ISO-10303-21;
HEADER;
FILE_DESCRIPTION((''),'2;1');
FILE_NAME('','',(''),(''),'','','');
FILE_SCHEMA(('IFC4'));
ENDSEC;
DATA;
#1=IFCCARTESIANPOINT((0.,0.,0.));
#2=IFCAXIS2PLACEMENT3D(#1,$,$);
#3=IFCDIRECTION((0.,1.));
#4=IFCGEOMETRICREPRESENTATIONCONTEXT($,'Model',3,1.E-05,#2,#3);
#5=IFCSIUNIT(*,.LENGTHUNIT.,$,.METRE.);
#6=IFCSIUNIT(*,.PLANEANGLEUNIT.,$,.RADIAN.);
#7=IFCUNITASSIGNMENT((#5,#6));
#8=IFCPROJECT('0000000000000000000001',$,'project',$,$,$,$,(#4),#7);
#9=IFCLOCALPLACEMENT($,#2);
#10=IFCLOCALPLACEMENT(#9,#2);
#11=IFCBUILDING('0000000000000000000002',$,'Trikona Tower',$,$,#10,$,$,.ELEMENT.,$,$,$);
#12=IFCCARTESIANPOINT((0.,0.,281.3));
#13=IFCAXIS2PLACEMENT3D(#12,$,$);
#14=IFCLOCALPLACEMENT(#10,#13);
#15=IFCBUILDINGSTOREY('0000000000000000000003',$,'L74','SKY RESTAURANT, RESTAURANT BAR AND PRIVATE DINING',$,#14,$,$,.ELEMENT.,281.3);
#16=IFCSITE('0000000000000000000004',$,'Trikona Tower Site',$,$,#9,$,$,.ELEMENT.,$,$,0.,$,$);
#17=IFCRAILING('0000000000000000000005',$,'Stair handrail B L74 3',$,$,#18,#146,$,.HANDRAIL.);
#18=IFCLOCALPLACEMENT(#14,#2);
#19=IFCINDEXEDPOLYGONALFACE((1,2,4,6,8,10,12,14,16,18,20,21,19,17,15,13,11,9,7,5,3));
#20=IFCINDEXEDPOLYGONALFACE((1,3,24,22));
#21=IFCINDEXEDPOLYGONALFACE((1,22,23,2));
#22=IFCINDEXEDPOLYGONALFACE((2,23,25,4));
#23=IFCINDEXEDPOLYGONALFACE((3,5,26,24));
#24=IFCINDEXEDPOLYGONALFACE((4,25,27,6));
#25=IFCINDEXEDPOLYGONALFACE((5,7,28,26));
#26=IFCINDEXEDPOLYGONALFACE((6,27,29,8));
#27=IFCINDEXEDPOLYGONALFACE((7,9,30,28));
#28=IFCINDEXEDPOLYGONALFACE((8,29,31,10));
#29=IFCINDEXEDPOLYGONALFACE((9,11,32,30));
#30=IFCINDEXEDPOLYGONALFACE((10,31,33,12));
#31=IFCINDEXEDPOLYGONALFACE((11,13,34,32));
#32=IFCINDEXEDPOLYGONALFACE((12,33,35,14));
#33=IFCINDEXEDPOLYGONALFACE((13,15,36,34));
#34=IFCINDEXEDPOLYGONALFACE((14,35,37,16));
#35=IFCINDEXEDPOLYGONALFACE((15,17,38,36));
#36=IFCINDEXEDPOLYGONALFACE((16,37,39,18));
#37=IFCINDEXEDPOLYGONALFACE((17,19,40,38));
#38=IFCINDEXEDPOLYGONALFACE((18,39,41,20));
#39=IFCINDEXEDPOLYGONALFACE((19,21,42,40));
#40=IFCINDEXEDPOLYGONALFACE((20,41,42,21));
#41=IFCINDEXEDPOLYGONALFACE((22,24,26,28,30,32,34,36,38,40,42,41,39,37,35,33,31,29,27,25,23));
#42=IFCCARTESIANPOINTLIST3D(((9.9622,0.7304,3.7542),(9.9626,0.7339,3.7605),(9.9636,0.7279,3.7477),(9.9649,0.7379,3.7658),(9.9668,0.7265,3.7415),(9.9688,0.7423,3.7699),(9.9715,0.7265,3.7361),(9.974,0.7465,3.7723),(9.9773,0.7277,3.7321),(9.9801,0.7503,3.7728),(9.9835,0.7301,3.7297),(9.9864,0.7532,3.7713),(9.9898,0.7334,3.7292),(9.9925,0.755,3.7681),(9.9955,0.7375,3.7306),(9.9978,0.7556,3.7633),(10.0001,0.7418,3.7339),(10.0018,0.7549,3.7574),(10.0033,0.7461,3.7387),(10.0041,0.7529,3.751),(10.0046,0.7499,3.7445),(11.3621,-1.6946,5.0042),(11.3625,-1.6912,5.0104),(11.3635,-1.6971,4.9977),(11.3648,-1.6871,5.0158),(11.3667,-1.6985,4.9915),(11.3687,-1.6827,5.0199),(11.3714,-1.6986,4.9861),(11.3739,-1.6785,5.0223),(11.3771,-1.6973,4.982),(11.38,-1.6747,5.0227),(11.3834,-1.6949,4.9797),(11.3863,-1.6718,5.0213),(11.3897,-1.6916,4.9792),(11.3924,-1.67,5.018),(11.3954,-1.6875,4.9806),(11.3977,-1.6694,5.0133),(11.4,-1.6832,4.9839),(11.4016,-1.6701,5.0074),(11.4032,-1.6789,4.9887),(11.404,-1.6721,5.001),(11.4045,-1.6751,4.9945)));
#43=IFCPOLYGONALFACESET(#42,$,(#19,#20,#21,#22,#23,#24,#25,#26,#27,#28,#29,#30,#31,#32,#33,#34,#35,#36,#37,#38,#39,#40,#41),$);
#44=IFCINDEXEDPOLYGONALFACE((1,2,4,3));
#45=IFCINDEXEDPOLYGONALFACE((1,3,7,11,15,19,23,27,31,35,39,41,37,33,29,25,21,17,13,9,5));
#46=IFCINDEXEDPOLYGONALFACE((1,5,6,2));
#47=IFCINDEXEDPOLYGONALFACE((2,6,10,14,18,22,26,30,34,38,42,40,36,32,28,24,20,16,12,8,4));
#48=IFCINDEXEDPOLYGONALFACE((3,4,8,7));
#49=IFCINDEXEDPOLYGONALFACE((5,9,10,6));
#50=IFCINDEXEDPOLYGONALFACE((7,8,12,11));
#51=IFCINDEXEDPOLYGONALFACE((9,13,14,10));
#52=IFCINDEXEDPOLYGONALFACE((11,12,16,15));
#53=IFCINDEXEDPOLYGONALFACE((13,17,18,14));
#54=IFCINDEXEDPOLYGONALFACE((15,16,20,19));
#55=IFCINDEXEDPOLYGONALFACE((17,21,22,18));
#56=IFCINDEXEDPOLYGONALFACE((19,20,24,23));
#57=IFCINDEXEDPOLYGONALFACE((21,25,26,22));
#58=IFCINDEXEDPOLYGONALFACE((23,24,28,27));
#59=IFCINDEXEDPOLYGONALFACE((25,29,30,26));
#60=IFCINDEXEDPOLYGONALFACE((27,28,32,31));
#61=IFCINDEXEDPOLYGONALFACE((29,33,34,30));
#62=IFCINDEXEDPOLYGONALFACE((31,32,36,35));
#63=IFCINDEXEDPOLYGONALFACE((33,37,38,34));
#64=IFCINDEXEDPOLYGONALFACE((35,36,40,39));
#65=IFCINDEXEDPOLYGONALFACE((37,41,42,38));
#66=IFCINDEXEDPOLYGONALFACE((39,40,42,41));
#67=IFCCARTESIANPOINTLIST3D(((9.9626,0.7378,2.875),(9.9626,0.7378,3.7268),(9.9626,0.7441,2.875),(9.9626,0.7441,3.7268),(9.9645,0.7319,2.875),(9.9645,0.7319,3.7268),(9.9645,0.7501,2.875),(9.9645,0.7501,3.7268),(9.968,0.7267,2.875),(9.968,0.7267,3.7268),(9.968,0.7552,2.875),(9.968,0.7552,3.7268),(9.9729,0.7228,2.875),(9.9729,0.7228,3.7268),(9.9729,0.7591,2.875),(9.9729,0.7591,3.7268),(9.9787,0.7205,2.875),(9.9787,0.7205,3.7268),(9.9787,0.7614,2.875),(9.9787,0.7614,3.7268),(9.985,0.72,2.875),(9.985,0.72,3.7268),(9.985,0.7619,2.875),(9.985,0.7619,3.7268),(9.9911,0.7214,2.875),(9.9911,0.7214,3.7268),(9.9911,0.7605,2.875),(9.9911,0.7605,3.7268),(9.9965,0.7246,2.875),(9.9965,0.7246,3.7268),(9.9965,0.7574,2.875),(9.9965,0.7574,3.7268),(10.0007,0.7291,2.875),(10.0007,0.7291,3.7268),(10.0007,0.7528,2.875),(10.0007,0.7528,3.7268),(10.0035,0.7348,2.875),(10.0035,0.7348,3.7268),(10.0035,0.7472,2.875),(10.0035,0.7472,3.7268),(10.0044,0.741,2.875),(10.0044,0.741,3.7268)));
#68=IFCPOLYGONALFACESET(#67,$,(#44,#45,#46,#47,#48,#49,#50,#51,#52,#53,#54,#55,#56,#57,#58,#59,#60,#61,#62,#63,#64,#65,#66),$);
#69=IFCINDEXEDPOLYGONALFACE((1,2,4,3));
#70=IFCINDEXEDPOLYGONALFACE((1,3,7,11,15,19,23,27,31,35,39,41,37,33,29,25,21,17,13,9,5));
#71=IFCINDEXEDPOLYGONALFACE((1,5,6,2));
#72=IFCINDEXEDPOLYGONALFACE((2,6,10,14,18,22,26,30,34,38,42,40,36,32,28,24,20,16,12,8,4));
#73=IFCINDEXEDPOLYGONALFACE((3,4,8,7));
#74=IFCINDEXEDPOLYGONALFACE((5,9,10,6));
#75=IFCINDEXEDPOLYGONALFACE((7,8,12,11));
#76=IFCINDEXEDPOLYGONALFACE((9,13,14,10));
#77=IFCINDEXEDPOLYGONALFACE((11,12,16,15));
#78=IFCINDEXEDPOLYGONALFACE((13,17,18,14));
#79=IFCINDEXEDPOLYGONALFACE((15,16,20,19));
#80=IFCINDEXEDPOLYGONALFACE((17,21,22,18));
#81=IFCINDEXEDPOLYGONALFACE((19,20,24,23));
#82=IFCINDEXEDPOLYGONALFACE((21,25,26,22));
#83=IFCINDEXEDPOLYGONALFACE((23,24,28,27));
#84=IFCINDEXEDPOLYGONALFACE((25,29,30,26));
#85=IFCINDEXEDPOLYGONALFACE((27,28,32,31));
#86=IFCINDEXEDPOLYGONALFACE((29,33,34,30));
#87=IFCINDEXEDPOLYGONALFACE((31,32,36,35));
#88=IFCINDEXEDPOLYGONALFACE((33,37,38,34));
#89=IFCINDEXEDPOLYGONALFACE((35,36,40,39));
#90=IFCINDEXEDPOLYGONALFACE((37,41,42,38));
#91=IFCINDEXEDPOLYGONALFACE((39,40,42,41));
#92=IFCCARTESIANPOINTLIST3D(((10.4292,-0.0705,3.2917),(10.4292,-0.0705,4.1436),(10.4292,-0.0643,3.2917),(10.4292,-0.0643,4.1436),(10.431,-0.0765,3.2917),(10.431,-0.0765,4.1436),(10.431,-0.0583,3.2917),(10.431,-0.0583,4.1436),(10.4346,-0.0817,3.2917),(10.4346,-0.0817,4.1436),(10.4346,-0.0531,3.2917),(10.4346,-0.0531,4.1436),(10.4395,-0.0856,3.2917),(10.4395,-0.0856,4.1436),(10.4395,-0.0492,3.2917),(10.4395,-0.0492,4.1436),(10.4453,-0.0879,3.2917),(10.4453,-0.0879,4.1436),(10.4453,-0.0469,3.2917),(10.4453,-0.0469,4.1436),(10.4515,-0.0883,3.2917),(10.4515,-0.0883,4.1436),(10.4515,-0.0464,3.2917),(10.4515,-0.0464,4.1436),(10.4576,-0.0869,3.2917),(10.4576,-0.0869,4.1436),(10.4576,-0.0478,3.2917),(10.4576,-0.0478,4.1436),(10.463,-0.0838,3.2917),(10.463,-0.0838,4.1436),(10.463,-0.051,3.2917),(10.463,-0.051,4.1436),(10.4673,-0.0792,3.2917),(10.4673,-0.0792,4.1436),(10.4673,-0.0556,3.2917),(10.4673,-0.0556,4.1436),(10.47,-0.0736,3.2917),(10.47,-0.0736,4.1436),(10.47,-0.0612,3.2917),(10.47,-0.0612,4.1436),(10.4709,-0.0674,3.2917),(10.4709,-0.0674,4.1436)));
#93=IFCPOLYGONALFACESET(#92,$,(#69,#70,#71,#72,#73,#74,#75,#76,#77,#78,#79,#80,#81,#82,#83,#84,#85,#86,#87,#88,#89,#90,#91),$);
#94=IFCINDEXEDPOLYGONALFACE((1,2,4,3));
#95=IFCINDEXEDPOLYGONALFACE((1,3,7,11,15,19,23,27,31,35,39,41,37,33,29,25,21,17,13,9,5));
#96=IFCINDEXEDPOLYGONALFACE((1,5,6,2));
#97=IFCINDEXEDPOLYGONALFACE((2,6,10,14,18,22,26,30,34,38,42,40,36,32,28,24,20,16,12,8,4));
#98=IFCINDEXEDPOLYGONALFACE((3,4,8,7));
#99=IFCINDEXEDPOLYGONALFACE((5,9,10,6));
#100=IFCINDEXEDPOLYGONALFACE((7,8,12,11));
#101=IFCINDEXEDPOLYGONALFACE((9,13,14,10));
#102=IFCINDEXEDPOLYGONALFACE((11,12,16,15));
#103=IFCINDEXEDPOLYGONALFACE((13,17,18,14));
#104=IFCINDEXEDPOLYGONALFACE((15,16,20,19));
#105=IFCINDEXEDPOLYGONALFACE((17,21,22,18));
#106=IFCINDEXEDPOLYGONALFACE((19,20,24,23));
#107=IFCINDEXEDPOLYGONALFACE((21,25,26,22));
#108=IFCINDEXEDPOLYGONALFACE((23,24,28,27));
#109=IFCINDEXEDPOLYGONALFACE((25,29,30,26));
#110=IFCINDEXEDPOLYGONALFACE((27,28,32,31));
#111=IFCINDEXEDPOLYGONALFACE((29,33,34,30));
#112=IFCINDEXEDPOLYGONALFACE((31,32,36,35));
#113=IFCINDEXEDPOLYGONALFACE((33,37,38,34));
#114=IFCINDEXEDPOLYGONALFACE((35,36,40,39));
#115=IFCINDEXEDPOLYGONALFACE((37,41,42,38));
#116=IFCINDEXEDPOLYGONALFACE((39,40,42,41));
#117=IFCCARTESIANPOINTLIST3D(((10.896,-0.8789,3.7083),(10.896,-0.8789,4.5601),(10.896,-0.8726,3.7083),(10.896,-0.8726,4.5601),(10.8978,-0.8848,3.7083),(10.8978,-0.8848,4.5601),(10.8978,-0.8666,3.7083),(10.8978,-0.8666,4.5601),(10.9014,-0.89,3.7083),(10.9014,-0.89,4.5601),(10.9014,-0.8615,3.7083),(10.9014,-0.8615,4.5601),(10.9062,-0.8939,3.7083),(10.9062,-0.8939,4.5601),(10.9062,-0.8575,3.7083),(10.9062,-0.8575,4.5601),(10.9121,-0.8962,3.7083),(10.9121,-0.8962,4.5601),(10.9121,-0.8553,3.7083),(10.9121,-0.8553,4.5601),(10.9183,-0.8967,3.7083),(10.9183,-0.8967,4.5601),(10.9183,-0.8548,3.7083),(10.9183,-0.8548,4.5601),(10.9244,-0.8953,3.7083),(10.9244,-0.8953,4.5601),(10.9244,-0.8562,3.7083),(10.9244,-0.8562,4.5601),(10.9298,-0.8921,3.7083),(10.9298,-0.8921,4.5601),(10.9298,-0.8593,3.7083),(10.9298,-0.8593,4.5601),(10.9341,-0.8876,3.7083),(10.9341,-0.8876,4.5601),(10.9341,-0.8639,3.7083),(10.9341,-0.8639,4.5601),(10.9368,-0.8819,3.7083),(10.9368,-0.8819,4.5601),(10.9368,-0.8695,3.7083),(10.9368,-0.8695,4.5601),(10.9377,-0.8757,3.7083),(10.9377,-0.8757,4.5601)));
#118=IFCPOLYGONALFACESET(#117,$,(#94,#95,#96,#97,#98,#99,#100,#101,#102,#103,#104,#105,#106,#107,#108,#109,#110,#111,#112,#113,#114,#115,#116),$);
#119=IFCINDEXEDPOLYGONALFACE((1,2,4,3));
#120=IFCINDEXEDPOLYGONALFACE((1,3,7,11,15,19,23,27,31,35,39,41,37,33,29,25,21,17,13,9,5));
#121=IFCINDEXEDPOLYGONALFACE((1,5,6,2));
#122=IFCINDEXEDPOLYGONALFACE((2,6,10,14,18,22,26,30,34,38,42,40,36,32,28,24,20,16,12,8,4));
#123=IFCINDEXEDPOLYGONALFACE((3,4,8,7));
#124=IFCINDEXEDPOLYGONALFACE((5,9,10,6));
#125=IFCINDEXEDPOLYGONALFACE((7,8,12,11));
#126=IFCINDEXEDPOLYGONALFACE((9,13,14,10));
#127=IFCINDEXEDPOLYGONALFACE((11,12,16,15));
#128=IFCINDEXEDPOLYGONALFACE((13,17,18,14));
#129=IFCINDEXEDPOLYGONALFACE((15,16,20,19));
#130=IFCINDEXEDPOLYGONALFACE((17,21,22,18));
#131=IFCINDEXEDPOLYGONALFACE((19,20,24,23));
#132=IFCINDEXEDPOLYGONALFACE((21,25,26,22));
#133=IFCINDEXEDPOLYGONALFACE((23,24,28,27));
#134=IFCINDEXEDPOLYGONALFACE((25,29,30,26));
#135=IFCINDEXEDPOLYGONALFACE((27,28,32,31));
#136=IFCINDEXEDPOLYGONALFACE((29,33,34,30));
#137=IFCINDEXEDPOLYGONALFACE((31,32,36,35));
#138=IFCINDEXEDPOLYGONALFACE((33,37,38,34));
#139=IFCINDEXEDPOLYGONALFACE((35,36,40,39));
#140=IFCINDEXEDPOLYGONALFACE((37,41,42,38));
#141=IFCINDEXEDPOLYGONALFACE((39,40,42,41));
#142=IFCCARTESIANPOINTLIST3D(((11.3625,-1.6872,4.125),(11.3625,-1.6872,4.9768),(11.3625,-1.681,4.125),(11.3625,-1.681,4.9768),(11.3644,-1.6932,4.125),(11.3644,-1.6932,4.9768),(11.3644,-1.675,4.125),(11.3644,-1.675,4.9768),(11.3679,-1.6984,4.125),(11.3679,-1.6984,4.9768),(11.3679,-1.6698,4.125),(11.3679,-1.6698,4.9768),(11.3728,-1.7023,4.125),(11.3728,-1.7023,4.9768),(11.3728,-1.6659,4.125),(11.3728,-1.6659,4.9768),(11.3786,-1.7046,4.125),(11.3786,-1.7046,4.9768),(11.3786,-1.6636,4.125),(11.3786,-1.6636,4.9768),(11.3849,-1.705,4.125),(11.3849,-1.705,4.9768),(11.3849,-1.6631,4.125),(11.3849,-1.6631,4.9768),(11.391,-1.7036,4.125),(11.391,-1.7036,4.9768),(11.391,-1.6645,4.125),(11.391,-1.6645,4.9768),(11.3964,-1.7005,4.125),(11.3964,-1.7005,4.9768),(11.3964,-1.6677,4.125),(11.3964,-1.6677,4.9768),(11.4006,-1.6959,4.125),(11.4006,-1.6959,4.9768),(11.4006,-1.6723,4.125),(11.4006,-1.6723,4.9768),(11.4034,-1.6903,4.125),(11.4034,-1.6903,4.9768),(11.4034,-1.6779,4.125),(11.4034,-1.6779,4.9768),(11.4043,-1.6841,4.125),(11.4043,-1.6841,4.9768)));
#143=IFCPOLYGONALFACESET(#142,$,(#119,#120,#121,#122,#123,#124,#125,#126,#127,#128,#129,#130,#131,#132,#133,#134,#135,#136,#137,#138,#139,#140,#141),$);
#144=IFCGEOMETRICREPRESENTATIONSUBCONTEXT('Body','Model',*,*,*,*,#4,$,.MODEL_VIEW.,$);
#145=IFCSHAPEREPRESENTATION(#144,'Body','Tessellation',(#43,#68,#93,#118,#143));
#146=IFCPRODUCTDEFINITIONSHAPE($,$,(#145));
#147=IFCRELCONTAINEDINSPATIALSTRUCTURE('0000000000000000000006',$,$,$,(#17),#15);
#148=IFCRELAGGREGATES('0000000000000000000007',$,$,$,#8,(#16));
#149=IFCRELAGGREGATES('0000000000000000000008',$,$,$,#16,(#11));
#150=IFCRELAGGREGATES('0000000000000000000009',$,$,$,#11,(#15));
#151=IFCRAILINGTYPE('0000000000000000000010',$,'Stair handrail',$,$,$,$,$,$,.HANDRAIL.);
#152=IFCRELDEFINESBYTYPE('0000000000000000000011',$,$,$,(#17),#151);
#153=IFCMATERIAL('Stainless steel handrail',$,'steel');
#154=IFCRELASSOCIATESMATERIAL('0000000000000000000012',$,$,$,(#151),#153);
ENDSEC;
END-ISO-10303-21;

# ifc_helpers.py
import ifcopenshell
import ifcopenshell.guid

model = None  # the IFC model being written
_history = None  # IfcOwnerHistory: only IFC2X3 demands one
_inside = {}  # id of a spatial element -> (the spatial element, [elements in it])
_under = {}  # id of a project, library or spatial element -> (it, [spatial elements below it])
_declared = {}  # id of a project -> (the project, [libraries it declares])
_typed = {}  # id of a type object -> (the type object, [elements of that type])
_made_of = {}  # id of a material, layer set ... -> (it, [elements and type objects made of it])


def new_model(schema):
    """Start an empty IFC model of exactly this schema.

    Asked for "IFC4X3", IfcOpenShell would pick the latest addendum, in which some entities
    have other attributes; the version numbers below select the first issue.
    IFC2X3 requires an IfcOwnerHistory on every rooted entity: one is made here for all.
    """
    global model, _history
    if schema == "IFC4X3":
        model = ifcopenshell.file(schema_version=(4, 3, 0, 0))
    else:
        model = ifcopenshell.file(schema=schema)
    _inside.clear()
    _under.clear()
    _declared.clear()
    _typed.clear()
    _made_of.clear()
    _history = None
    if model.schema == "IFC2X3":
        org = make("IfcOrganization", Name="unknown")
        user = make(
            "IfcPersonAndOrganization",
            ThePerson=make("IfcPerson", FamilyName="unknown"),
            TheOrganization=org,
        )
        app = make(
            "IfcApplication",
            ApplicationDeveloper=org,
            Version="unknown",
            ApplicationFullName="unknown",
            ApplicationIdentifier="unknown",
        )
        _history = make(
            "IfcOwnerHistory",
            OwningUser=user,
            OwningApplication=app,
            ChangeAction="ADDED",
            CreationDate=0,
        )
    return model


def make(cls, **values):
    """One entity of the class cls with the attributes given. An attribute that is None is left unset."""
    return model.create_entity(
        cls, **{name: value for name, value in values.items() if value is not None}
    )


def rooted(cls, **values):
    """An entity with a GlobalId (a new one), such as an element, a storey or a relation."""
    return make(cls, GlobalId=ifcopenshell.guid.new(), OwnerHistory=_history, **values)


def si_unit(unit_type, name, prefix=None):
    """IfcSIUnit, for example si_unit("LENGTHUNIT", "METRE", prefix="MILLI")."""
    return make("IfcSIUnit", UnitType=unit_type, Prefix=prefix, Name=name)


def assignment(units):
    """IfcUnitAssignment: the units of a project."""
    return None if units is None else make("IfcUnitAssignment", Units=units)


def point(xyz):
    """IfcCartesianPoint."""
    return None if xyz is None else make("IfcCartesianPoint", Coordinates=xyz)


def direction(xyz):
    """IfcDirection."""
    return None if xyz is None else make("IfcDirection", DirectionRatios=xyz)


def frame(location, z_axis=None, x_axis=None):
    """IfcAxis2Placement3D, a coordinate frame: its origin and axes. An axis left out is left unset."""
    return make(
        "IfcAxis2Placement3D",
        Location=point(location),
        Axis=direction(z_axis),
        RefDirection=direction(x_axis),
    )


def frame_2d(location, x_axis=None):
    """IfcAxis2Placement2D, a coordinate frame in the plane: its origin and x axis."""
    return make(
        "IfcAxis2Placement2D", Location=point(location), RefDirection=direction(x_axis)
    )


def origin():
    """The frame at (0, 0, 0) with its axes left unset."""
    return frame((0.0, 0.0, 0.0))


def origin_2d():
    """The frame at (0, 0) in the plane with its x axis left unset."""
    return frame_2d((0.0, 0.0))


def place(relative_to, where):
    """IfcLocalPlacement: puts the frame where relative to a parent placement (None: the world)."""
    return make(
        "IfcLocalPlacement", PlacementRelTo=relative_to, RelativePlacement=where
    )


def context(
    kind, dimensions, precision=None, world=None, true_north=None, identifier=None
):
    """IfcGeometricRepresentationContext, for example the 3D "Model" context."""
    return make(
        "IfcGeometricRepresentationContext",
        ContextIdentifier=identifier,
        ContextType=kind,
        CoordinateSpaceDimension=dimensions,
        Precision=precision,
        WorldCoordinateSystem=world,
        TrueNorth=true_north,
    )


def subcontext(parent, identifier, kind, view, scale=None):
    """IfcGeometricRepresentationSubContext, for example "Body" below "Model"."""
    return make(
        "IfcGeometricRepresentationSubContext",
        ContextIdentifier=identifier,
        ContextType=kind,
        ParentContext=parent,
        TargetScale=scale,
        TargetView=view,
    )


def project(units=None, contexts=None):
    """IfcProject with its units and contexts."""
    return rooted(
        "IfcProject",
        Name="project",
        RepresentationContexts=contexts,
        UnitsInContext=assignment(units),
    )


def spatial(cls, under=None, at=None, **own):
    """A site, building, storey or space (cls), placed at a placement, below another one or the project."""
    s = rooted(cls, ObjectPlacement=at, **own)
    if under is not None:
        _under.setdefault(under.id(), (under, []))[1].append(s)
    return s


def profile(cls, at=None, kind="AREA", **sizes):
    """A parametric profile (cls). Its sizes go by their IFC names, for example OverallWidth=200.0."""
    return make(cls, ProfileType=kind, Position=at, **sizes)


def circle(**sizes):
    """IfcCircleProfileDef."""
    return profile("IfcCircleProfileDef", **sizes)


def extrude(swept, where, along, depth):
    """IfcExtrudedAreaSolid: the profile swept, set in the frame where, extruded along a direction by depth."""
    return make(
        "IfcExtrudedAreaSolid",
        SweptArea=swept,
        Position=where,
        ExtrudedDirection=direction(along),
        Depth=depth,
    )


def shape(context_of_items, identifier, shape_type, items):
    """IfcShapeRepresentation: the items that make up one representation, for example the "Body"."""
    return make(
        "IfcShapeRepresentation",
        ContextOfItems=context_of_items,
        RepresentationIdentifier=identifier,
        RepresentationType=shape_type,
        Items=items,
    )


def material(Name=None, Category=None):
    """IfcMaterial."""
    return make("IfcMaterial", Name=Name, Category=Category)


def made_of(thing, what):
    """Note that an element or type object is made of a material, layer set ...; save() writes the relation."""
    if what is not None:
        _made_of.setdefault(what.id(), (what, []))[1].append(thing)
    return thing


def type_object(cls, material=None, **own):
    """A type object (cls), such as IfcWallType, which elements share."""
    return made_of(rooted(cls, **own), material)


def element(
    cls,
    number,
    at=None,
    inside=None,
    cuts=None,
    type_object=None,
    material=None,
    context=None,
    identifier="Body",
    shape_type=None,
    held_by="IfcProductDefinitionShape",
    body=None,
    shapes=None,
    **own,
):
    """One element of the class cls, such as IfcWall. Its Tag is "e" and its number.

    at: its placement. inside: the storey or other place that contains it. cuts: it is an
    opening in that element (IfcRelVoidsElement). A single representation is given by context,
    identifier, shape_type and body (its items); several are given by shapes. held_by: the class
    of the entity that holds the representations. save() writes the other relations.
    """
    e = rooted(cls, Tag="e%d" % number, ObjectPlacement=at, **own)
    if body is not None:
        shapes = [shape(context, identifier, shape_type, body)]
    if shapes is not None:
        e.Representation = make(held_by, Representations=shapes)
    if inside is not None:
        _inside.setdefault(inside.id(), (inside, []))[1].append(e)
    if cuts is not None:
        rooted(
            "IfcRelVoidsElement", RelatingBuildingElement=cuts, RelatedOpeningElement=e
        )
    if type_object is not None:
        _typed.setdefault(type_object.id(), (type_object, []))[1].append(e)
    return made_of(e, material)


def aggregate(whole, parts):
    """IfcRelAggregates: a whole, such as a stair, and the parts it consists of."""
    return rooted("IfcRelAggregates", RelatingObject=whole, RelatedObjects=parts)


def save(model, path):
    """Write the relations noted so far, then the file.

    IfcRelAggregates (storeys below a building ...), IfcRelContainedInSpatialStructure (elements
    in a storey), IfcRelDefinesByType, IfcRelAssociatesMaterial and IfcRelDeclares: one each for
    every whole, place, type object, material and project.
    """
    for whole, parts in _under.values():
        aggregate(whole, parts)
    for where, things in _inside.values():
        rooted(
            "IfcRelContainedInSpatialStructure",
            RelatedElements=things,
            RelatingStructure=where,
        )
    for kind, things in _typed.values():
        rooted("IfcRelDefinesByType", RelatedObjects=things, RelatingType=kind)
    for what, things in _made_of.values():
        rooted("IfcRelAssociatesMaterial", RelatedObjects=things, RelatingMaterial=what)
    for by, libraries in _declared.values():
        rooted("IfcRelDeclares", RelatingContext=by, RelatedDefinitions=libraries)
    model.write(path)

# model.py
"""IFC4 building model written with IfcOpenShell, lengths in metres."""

from ifc_helpers import new_model, si_unit, direction, frame, origin, origin_2d, place, context, subcontext, project, spatial, circle, extrude, material, type_object, element, save


model = new_model("IFC4")

# Units and contexts
model_context = context("Model", 3, precision=1e-05, world=origin(), true_north=direction((0.0, 1.0)))
body_context = subcontext(model_context, "Body", "Model", "MODEL_VIEW")
ifc_project = project(units=[si_unit("LENGTHUNIT", "METRE"), si_unit("PLANEANGLEUNIT", "RADIAN")], contexts=[model_context])

# Site, building, storey
site_placement = place(None, origin())
site = spatial("IfcSite", under=ifc_project, at=site_placement, Name="Trikona Tower Site", CompositionType="ELEMENT", RefElevation=0.0)
building_placement = place(site_placement, origin())
building = spatial("IfcBuilding", under=site, at=building_placement, Name="Trikona Tower", CompositionType="ELEMENT")
storey_placement = place(building_placement, frame((0.0, 0.0, 281.3)))
storey = spatial("IfcBuildingStorey", under=building, at=storey_placement, Name="L74", Description="SKY RESTAURANT, RESTAURANT BAR AND PRIVATE DINING", CompositionType="ELEMENT", Elevation=281.3)

# Railing
ifc_material_1 = material(Name="Stainless steel handrail", Category="steel")
railing_type = type_object("IfcRailingType", Name="Stair handrail", PredefinedType="HANDRAIL", material=ifc_material_1)
for number, where, name in (
    (1, (9.9834, 0.741, 2.875), "Stair handrail B L74 3"),
):
    element("IfcRailing", number, at=place(storey_placement, frame(where)), inside=storey, type_object=railing_type, Name=name, PredefinedType="HANDRAIL", context=body_context, shape_type="SweptSolid", body=[
        extrude(circle(Radius=0.0239, at=origin_2d()), frame((0.0, 0.0, 0.876), z_axis=(0.456523, -0.790834, 0.407638), x_axis=(0.866056, 0.499946, 0.0)), (0.0, 0.0, 1.0), 3.0664),
        extrude(circle(Radius=0.021, at=origin_2d()), origin(), (0.0, 0.0, 1.0), 0.8518),
        extrude(circle(Radius=0.021, at=origin_2d()), frame((0.4666, -0.8083, 0.4167)), (0.0, 0.0, 1.0), 0.8518),
        extrude(circle(Radius=0.021, at=origin_2d()), frame((0.9333, -1.6167, 0.8333)), (0.0, 0.0, 1.0), 0.8518),
        extrude(circle(Radius=0.021, at=origin_2d()), frame((1.3999, -2.425, 1.25)), (0.0, 0.0, 1.0), 0.8518),
    ])

save(model, "model.ifc")
